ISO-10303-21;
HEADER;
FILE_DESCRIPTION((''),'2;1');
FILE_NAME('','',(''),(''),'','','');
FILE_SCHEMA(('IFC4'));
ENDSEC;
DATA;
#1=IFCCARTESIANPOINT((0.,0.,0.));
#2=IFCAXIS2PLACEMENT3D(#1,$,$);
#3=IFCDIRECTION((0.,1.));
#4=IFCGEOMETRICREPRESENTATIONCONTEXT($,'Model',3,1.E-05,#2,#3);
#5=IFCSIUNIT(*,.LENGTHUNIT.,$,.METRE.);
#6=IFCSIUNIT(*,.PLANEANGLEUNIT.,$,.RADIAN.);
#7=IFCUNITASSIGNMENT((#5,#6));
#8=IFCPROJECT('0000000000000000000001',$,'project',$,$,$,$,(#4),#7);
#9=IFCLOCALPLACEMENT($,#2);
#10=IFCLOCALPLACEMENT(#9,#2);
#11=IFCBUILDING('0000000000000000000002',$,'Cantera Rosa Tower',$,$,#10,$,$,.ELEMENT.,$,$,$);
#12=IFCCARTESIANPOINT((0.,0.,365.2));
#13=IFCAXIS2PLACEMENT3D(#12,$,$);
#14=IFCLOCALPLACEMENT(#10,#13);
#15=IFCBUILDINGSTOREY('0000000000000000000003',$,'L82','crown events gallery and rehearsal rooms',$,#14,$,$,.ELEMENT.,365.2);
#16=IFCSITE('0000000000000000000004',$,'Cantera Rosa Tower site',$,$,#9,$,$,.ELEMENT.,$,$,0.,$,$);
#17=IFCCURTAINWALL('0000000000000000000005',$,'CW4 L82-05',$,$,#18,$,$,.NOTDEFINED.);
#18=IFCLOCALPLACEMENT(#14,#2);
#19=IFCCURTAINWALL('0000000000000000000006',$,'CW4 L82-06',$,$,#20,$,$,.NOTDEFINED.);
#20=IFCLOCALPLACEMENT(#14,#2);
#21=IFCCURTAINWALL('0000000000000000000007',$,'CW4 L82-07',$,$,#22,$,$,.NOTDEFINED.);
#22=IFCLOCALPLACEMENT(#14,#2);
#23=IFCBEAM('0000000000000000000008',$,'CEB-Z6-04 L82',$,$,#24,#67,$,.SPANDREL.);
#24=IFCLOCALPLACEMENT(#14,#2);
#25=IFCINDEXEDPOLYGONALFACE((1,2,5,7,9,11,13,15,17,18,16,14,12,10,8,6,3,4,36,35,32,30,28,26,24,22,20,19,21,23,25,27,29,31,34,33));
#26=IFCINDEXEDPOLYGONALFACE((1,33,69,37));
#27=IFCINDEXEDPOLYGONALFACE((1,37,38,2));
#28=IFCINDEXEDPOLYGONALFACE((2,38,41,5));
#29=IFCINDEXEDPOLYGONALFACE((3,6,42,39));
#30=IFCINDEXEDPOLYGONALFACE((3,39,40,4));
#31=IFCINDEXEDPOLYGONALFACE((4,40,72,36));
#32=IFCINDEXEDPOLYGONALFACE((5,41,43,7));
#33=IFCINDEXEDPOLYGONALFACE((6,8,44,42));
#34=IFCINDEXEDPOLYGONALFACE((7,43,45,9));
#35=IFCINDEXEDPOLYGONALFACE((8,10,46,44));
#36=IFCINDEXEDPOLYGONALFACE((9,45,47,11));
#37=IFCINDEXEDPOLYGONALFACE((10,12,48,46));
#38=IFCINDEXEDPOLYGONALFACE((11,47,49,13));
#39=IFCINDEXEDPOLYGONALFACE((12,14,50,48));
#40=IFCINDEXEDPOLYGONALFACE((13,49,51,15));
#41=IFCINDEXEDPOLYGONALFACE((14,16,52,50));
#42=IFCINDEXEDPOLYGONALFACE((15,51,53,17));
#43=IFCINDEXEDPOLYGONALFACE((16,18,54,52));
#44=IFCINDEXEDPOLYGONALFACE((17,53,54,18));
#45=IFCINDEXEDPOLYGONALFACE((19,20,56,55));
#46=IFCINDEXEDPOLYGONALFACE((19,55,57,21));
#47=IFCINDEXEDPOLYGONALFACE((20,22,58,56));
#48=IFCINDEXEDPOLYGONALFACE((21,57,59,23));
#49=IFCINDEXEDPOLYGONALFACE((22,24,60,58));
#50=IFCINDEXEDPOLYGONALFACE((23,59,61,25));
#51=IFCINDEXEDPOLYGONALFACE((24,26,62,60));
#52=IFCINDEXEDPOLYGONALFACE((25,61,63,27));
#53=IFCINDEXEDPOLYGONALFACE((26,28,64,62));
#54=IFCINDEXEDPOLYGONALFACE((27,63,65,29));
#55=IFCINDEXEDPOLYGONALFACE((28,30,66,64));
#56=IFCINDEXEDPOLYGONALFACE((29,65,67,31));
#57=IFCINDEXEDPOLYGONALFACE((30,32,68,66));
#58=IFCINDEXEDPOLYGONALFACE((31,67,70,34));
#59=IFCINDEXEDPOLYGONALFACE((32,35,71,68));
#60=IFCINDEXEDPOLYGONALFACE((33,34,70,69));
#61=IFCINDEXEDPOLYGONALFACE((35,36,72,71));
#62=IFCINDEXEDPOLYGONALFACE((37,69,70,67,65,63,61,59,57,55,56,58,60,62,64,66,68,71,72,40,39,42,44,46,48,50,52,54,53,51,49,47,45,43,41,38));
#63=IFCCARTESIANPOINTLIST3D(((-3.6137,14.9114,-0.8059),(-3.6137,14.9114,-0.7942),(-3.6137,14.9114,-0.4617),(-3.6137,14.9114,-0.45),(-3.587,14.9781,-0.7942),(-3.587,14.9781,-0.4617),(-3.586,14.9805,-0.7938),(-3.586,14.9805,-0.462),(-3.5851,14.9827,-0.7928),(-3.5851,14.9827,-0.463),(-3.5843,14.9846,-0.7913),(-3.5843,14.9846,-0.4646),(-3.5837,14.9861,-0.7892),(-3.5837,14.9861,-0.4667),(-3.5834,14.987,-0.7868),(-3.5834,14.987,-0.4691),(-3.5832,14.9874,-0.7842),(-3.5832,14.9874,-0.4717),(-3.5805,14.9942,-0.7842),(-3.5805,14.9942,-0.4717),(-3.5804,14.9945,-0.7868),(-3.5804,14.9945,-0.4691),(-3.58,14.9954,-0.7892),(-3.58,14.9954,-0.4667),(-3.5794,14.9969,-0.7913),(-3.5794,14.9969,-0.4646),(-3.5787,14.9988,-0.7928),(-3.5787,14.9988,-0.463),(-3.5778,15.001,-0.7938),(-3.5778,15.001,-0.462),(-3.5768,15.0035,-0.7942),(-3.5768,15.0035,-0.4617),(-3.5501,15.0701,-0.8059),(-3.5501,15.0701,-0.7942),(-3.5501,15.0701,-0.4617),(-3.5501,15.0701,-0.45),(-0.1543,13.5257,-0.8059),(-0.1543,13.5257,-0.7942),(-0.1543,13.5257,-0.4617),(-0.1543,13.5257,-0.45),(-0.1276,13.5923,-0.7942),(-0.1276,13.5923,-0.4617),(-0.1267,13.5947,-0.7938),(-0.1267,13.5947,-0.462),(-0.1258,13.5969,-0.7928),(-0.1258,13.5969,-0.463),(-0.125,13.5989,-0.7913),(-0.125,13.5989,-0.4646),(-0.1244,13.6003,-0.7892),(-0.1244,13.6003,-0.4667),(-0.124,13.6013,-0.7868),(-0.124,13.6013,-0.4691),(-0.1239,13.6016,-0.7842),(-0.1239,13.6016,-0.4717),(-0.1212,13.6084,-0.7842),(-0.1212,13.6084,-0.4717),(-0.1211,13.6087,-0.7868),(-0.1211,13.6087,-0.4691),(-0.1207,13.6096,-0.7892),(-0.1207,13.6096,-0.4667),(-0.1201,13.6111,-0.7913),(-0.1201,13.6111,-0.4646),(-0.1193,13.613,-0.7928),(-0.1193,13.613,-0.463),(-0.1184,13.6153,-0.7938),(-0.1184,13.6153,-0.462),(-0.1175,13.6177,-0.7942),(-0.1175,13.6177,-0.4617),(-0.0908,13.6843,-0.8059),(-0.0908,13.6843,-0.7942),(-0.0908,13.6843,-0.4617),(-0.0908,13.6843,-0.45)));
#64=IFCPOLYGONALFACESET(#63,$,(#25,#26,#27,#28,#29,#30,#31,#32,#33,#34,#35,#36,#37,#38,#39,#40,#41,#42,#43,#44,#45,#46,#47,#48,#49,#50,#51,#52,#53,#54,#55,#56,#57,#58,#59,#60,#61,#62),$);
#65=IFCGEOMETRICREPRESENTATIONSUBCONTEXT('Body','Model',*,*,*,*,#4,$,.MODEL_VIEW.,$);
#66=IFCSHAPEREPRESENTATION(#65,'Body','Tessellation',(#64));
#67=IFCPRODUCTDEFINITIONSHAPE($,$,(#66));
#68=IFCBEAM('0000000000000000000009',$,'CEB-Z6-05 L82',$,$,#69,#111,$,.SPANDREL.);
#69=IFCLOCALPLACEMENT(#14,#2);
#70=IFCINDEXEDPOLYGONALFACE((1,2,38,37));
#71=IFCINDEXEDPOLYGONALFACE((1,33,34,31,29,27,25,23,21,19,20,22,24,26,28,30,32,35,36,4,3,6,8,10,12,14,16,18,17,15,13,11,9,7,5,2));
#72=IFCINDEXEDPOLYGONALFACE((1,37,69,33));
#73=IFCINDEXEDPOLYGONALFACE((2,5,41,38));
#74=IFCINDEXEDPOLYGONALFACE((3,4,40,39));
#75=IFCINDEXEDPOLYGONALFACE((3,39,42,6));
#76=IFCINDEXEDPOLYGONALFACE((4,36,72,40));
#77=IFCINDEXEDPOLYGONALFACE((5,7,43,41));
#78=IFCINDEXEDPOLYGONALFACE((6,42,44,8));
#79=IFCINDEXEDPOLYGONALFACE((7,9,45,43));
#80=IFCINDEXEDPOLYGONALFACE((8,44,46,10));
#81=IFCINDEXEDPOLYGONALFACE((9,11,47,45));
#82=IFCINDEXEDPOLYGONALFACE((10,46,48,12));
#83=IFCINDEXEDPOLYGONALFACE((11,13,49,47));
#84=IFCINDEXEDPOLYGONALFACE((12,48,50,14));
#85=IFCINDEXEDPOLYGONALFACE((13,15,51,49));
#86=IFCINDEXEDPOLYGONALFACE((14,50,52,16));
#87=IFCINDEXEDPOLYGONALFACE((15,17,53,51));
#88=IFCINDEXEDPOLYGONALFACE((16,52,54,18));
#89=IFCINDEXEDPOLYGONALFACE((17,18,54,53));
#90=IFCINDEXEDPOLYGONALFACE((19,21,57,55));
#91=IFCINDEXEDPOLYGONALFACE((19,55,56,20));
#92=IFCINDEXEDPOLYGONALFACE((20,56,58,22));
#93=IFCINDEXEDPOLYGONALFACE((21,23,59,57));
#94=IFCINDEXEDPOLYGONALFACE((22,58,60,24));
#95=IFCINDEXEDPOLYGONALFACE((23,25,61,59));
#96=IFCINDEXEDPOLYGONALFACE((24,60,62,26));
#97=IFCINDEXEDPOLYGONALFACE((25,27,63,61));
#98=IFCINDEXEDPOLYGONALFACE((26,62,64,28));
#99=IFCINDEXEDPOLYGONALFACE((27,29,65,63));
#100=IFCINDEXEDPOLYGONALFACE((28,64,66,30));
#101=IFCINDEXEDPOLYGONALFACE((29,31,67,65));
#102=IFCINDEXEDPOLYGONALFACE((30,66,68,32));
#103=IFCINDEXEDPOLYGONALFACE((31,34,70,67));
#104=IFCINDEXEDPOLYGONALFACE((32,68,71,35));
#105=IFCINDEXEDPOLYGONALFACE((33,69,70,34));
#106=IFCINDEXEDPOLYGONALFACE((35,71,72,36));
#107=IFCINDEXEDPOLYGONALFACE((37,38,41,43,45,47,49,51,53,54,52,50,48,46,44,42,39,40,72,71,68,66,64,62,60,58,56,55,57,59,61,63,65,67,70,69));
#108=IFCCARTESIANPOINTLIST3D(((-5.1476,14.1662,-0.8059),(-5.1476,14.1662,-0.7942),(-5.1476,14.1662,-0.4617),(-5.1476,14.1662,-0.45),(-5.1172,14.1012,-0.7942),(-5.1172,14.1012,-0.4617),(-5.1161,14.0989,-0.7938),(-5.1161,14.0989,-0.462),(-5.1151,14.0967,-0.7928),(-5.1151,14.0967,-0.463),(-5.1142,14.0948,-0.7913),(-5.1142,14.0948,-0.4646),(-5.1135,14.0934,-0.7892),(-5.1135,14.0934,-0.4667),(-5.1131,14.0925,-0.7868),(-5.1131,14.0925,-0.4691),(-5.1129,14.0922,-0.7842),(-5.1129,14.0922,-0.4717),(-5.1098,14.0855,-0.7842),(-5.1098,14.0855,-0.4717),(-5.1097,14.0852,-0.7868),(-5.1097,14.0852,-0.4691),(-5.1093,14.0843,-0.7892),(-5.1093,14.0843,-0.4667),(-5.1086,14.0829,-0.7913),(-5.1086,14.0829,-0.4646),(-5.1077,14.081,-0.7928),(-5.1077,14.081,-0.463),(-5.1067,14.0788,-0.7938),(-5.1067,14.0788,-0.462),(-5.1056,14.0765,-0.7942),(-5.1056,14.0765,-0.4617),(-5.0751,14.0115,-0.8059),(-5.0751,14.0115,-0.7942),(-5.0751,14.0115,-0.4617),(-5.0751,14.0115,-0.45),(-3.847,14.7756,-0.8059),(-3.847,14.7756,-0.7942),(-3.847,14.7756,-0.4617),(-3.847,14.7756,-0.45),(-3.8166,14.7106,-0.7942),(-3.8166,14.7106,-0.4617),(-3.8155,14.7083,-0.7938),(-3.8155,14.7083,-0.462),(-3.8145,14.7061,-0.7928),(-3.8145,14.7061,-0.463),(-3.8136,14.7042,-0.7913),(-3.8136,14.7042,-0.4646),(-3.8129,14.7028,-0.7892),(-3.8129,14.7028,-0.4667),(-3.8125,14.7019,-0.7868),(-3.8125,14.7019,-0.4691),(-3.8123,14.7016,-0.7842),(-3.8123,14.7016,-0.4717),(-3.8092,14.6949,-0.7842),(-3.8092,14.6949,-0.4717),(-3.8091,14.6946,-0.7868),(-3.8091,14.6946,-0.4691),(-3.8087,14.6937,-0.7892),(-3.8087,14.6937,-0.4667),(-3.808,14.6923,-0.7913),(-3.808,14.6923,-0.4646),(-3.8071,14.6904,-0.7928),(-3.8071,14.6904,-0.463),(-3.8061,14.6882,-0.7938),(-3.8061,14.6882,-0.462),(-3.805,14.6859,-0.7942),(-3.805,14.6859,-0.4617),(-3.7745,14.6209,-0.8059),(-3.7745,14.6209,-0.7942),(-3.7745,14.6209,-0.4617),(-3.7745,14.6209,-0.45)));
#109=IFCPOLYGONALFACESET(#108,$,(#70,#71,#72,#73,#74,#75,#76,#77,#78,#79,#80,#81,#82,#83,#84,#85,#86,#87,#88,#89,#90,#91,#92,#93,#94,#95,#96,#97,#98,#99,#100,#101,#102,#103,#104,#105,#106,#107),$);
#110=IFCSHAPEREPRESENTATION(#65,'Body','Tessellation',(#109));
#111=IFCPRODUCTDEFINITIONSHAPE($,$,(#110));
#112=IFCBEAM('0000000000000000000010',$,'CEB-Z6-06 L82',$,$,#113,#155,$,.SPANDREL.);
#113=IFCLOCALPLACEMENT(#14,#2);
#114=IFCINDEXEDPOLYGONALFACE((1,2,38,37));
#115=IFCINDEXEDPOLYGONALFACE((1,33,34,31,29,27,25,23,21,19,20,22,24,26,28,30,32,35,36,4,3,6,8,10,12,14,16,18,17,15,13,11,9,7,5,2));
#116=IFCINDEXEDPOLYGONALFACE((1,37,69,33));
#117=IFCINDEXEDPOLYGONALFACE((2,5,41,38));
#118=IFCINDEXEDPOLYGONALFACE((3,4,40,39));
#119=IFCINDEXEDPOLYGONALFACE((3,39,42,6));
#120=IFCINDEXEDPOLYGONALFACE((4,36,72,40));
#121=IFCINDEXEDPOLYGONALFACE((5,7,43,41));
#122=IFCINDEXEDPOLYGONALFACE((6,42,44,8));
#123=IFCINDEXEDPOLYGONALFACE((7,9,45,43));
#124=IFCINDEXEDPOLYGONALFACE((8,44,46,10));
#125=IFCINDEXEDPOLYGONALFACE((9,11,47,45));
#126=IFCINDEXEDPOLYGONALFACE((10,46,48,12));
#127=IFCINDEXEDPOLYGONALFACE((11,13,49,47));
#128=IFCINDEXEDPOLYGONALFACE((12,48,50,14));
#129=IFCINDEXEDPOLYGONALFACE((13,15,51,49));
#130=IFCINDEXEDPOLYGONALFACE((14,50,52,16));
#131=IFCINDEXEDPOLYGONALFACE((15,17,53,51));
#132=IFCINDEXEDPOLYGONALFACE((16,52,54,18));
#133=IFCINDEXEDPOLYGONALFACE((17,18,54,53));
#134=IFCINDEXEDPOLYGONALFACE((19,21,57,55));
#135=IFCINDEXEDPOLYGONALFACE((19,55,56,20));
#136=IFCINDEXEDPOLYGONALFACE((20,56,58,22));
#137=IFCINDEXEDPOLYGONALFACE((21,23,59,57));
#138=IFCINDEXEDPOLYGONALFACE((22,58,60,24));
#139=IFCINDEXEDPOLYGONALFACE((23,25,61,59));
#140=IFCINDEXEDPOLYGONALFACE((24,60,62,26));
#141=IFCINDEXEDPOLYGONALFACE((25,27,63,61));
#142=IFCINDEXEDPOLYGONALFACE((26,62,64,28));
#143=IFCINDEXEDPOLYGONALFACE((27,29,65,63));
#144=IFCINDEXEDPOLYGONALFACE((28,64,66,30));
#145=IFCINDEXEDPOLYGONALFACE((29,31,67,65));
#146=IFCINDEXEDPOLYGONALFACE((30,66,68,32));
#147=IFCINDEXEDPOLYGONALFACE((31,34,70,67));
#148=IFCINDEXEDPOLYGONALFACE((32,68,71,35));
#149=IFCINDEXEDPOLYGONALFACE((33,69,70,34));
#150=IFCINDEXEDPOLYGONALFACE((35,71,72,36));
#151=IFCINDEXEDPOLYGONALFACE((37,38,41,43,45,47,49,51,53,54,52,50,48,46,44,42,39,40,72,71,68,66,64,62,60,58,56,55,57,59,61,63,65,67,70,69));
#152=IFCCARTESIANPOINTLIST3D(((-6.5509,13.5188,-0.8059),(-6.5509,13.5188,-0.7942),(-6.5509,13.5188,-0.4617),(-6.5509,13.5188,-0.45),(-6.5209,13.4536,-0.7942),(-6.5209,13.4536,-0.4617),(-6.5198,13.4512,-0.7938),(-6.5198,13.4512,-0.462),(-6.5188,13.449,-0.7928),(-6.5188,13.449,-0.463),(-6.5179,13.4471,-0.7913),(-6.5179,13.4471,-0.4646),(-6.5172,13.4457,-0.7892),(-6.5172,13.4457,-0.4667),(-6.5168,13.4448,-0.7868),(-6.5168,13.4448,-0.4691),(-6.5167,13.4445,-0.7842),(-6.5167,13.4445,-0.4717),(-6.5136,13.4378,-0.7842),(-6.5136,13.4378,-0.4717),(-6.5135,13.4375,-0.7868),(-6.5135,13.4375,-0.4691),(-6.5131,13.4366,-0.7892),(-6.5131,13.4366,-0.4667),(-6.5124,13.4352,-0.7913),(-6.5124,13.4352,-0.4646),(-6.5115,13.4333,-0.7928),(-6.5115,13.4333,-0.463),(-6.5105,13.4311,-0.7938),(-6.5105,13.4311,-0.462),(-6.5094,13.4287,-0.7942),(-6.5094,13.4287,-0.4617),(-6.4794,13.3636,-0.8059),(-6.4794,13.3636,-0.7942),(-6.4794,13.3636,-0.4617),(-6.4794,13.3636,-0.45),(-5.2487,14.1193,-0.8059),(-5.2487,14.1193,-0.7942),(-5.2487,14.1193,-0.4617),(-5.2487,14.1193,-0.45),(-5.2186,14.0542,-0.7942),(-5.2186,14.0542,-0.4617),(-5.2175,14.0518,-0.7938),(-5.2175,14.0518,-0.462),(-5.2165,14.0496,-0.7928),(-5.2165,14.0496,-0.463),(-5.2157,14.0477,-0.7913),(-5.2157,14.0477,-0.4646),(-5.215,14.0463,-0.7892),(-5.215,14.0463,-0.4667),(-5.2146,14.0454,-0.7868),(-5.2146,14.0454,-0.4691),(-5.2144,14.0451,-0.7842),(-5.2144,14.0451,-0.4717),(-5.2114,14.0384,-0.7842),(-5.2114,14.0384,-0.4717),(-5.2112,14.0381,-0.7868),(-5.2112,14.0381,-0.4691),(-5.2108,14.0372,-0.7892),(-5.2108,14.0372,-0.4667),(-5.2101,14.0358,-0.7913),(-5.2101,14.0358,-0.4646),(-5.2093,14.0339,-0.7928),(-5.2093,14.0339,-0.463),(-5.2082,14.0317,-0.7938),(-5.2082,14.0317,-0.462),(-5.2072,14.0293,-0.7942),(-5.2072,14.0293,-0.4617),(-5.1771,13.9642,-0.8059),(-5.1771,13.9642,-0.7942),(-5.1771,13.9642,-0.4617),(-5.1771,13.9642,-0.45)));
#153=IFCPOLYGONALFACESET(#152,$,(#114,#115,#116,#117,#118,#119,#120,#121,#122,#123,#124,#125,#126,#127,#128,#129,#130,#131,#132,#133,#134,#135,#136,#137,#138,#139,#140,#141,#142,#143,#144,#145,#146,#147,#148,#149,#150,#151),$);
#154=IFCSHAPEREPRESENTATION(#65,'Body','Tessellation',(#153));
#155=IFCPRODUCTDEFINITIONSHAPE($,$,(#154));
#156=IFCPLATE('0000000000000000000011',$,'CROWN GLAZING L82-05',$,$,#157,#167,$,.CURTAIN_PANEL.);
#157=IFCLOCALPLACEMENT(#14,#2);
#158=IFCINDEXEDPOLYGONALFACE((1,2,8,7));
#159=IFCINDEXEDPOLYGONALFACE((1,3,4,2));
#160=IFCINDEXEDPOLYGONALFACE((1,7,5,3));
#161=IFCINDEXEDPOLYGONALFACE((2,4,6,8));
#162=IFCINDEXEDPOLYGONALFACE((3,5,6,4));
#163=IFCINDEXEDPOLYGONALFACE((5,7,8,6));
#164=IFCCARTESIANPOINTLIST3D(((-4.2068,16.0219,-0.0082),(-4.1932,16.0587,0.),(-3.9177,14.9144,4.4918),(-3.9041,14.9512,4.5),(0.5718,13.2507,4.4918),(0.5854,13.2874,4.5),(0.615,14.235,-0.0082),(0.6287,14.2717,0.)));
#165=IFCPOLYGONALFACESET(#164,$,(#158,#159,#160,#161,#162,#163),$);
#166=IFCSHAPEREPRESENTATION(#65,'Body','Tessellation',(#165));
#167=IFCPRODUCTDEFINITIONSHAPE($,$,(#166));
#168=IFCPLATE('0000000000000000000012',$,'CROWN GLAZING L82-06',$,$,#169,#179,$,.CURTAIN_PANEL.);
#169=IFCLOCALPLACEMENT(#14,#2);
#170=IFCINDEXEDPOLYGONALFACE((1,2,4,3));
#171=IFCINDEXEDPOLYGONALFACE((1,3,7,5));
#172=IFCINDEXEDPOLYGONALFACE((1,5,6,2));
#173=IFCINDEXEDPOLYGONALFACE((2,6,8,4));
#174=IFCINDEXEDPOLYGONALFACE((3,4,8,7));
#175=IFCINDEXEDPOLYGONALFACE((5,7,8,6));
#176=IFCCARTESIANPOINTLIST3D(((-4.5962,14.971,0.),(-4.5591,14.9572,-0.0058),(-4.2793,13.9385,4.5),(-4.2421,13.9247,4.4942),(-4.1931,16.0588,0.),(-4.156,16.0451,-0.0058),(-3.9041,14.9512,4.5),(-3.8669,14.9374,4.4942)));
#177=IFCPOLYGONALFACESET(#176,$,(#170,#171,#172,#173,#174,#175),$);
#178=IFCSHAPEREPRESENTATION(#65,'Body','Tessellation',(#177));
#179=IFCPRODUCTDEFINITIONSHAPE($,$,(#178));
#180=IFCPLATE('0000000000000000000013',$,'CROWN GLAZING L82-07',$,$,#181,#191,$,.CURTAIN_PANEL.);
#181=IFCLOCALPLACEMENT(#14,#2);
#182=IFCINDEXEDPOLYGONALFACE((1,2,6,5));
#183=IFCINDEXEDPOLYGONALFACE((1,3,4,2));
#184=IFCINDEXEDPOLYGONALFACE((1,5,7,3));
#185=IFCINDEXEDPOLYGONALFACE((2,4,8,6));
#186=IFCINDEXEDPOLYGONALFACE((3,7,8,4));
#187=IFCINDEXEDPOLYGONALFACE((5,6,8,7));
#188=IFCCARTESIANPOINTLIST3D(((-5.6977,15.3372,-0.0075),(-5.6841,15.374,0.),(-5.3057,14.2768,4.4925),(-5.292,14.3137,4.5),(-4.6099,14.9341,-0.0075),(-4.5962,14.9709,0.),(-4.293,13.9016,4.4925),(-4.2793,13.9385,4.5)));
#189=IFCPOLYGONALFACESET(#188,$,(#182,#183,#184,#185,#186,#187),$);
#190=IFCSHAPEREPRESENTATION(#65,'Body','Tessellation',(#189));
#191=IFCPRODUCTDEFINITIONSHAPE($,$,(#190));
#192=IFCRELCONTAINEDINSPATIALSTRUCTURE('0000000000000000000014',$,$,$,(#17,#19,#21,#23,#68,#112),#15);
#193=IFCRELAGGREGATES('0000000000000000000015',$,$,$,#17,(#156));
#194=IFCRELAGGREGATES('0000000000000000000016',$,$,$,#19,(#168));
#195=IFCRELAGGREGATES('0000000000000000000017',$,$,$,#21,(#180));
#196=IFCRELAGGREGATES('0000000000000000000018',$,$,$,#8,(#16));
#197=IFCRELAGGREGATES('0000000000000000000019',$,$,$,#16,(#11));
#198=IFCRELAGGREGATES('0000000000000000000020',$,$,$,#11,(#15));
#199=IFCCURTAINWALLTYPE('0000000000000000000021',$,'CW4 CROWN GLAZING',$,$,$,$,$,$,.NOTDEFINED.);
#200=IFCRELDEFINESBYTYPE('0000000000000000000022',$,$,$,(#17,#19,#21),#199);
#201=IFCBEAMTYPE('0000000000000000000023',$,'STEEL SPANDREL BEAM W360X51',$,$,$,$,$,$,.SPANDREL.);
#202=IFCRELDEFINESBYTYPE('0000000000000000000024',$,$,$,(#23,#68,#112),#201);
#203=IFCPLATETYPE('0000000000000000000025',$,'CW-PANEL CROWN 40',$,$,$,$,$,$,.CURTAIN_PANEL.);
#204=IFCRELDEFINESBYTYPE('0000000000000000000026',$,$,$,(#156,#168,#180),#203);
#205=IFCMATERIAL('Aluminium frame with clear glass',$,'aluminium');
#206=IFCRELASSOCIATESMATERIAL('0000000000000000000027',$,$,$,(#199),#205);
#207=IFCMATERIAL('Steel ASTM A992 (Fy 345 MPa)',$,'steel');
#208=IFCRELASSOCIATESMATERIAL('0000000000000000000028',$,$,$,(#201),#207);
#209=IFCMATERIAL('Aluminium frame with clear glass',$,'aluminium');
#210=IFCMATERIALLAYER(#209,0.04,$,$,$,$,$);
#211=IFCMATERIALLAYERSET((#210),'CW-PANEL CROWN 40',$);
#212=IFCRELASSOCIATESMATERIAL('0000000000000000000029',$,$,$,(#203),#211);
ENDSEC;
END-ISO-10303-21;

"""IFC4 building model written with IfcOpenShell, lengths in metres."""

from ifc_helpers import new_model, si_unit, direction, frame, origin, origin_2d, place, context, subcontext, project, spatial, polyline, i_section, outline, extrude, material, layer, layer_set, material_profile, profile_set, type_object, element, aggregate, save


model = new_model("IFC4")

# Units and contexts
model_context = context("Model", 3, precision=1e-05, world=origin(), true_north=direction((0.0, 1.0)))
body_context = subcontext(model_context, "Body", "Model", "MODEL_VIEW")
ifc_project = project(units=[si_unit("LENGTHUNIT", "METRE"), si_unit("PLANEANGLEUNIT", "RADIAN")], contexts=[model_context])

# Site, building, storey
site_placement = place(None, origin())
site = spatial("IfcSite", under=ifc_project, at=site_placement, Name="Cantera Rosa Tower site", CompositionType="ELEMENT", RefElevation=0.0)
building_placement = place(site_placement, origin())
building = spatial("IfcBuilding", under=site, at=building_placement, Name="Cantera Rosa Tower", CompositionType="ELEMENT")
storey_placement = place(building_placement, frame((0.0, 0.0, 365.2)))
storey = spatial("IfcBuildingStorey", under=building, at=storey_placement, Name="L82", Description="crown events gallery and rehearsal rooms", CompositionType="ELEMENT", Elevation=365.2)

# Curtain walls
ifc_material_1 = material(Name="Aluminium frame with clear glass", Category="aluminium")
curtain_wall_type = type_object("IfcCurtainWallType", Name="CW4 CROWN GLAZING", PredefinedType="NOTDEFINED", material=ifc_material_1)
curtain_wall_1_placement = place(storey_placement, origin())
curtain_wall_1 = element("IfcCurtainWall", 1, at=curtain_wall_1_placement, inside=storey, type_object=curtain_wall_type, Name="CW4 L82-05", PredefinedType="NOTDEFINED")
curtain_wall_2_placement = place(storey_placement, origin())
curtain_wall_2 = element("IfcCurtainWall", 2, at=curtain_wall_2_placement, inside=storey, type_object=curtain_wall_type, Name="CW4 L82-06", PredefinedType="NOTDEFINED")
curtain_wall_3_placement = place(storey_placement, origin())
curtain_wall_3 = element("IfcCurtainWall", 3, at=curtain_wall_3_placement, inside=storey, type_object=curtain_wall_type, Name="CW4 L82-07", PredefinedType="NOTDEFINED")

# Beams
ifc_material_2 = material(Name="Steel ASTM A992 (Fy 345 MPa)", Category="steel")
ifc_material_profile_1 = material_profile(ifc_material_2, i_section(OverallWidth=0.1709, OverallDepth=0.356, WebThickness=0.0073, FlangeThickness=0.0117, FilletRadius=0.01, at=origin_2d()), Name="W360X51")
ifc_profile_set_1 = profile_set([ifc_material_profile_1], Name="Steel ASTM A992 (Fy 345 MPa)")
beam_type = type_object("IfcBeamType", Name="STEEL SPANDREL BEAM W360X51", PredefinedType="SPANDREL", material=ifc_profile_set_1)
beam_1_placement = place(storey_placement, frame((-0.1226, 13.605, -0.6279), z_axis=(-0.928287, 0.371865, 0.0), x_axis=(-0.371865, -0.928287, 0.0)))
element("IfcBeam", 4, at=beam_1_placement, inside=storey, type_object=beam_type, Name="CEB-Z6-04 L82", PredefinedType="SPANDREL", context=body_context, shape_type="SweptSolid", body=[
    extrude(i_section(OverallWidth=0.1709, OverallDepth=0.356, WebThickness=0.0073, FlangeThickness=0.0117, FilletRadius=0.01, at=origin_2d()), origin(), (0.0, 0.0, 1.0), 3.7266),
])
beam_2_placement = place(storey_placement, frame((-3.8108, 14.6982, -0.6279), z_axis=(-0.905526, -0.42429, 0.0), x_axis=(0.42429, -0.905526, 0.0)))
element("IfcBeam", 5, at=beam_2_placement, inside=storey, type_object=beam_type, Name="CEB-Z6-05 L82", PredefinedType="SPANDREL", context=body_context, shape_type="SweptSolid", body=[
    extrude(i_section(OverallWidth=0.1709, OverallDepth=0.356, WebThickness=0.0073, FlangeThickness=0.0117, FilletRadius=0.01, at=origin_2d()), origin(), (0.0, 0.0, 1.0), 1.4363),
])
beam_3_placement = place(storey_placement, frame((-5.2129, 14.0417, -0.6279), z_axis=(-0.908079, -0.418799, 0.0), x_axis=(0.418799, -0.908079, 0.0)))
element("IfcBeam", 6, at=beam_3_placement, inside=storey, type_object=beam_type, Name="CEB-Z6-06 L82", PredefinedType="SPANDREL", context=body_context, shape_type="SweptSolid", body=[
    extrude(i_section(OverallWidth=0.1709, OverallDepth=0.356, WebThickness=0.0073, FlangeThickness=0.0117, FilletRadius=0.01, at=origin_2d()), origin(), (0.0, 0.0, 1.0), 1.4341),
])

# Plates
ifc_material_3 = material(Name="Aluminium frame with clear glass", Category="aluminium")
ifc_layer_1 = layer(ifc_material_3, 0.04)
ifc_layer_set_1 = layer_set([ifc_layer_1], Name="CW-PANEL CROWN 40")
plate_type = type_object("IfcPlateType", Name="CW-PANEL CROWN 40", PredefinedType="CURTAIN_PANEL", material=ifc_layer_set_1)
plate_1_placement = place(storey_placement, frame((0.6287, 14.2717, 0.0), z_axis=(0.340185, 0.917951, 0.204059), x_axis=(-0.937681, 0.347498, -0.000007)))
plate_1 = element("IfcPlate", 7, at=plate_1_placement, type_object=plate_type, Name="CROWN GLAZING L82-05", PredefinedType="CURTAIN_PANEL", context=body_context, shape_type="SweptSolid", body=[
    extrude(outline(polyline([(0.0, 0.0), (5.1423, 0.0), (4.4863, 4.5968), (-0.3015, 4.5967), (0.0, 0.0)])), origin(), (0.0, 0.0, -1.0), 0.04),
])
plate_2_placement = place(storey_placement, frame((-4.1931, 16.0588, 0.0), z_axis=(-0.927897, 0.343809, 0.144229), x_axis=(-0.347442, -0.937702, 0.000002)))
plate_2 = element("IfcPlate", 8, at=plate_2_placement, type_object=plate_type, Name="CROWN GLAZING L82-06", PredefinedType="CURTAIN_PANEL", context=body_context, shape_type="SweptSolid", body=[
    extrude(outline(polyline([(0.0, 0.0), (1.1602, 0.0), (2.0182, 4.5475), (0.9382, 4.5475), (0.0, 0.0)])), origin(), (0.0, 0.0, -1.0), 0.04),
])
plate_3_placement = place(storey_placement, frame((-4.5962, 14.9709, 0.0), z_axis=(0.341293, 0.921107, 0.1873), x_axis=(-0.937702, 0.347442, 0.000002)))
plate_3 = element("IfcPlate", 9, at=plate_3_placement, type_object=plate_type, Name="CROWN GLAZING L82-07", PredefinedType="CURTAIN_PANEL", context=body_context, shape_type="SweptSolid", body=[
    extrude(outline(polyline([(0.0, 0.0), (1.1602, 0.0), (0.4241, 4.5811), (-0.6559, 4.5811), (0.0, 0.0)])), origin(), (0.0, 0.0, -1.0), 0.04),
])

aggregate(curtain_wall_1, [plate_1])
aggregate(curtain_wall_2, [plate_2])
aggregate(curtain_wall_3, [plate_3])

save(model, "model.ifc")
